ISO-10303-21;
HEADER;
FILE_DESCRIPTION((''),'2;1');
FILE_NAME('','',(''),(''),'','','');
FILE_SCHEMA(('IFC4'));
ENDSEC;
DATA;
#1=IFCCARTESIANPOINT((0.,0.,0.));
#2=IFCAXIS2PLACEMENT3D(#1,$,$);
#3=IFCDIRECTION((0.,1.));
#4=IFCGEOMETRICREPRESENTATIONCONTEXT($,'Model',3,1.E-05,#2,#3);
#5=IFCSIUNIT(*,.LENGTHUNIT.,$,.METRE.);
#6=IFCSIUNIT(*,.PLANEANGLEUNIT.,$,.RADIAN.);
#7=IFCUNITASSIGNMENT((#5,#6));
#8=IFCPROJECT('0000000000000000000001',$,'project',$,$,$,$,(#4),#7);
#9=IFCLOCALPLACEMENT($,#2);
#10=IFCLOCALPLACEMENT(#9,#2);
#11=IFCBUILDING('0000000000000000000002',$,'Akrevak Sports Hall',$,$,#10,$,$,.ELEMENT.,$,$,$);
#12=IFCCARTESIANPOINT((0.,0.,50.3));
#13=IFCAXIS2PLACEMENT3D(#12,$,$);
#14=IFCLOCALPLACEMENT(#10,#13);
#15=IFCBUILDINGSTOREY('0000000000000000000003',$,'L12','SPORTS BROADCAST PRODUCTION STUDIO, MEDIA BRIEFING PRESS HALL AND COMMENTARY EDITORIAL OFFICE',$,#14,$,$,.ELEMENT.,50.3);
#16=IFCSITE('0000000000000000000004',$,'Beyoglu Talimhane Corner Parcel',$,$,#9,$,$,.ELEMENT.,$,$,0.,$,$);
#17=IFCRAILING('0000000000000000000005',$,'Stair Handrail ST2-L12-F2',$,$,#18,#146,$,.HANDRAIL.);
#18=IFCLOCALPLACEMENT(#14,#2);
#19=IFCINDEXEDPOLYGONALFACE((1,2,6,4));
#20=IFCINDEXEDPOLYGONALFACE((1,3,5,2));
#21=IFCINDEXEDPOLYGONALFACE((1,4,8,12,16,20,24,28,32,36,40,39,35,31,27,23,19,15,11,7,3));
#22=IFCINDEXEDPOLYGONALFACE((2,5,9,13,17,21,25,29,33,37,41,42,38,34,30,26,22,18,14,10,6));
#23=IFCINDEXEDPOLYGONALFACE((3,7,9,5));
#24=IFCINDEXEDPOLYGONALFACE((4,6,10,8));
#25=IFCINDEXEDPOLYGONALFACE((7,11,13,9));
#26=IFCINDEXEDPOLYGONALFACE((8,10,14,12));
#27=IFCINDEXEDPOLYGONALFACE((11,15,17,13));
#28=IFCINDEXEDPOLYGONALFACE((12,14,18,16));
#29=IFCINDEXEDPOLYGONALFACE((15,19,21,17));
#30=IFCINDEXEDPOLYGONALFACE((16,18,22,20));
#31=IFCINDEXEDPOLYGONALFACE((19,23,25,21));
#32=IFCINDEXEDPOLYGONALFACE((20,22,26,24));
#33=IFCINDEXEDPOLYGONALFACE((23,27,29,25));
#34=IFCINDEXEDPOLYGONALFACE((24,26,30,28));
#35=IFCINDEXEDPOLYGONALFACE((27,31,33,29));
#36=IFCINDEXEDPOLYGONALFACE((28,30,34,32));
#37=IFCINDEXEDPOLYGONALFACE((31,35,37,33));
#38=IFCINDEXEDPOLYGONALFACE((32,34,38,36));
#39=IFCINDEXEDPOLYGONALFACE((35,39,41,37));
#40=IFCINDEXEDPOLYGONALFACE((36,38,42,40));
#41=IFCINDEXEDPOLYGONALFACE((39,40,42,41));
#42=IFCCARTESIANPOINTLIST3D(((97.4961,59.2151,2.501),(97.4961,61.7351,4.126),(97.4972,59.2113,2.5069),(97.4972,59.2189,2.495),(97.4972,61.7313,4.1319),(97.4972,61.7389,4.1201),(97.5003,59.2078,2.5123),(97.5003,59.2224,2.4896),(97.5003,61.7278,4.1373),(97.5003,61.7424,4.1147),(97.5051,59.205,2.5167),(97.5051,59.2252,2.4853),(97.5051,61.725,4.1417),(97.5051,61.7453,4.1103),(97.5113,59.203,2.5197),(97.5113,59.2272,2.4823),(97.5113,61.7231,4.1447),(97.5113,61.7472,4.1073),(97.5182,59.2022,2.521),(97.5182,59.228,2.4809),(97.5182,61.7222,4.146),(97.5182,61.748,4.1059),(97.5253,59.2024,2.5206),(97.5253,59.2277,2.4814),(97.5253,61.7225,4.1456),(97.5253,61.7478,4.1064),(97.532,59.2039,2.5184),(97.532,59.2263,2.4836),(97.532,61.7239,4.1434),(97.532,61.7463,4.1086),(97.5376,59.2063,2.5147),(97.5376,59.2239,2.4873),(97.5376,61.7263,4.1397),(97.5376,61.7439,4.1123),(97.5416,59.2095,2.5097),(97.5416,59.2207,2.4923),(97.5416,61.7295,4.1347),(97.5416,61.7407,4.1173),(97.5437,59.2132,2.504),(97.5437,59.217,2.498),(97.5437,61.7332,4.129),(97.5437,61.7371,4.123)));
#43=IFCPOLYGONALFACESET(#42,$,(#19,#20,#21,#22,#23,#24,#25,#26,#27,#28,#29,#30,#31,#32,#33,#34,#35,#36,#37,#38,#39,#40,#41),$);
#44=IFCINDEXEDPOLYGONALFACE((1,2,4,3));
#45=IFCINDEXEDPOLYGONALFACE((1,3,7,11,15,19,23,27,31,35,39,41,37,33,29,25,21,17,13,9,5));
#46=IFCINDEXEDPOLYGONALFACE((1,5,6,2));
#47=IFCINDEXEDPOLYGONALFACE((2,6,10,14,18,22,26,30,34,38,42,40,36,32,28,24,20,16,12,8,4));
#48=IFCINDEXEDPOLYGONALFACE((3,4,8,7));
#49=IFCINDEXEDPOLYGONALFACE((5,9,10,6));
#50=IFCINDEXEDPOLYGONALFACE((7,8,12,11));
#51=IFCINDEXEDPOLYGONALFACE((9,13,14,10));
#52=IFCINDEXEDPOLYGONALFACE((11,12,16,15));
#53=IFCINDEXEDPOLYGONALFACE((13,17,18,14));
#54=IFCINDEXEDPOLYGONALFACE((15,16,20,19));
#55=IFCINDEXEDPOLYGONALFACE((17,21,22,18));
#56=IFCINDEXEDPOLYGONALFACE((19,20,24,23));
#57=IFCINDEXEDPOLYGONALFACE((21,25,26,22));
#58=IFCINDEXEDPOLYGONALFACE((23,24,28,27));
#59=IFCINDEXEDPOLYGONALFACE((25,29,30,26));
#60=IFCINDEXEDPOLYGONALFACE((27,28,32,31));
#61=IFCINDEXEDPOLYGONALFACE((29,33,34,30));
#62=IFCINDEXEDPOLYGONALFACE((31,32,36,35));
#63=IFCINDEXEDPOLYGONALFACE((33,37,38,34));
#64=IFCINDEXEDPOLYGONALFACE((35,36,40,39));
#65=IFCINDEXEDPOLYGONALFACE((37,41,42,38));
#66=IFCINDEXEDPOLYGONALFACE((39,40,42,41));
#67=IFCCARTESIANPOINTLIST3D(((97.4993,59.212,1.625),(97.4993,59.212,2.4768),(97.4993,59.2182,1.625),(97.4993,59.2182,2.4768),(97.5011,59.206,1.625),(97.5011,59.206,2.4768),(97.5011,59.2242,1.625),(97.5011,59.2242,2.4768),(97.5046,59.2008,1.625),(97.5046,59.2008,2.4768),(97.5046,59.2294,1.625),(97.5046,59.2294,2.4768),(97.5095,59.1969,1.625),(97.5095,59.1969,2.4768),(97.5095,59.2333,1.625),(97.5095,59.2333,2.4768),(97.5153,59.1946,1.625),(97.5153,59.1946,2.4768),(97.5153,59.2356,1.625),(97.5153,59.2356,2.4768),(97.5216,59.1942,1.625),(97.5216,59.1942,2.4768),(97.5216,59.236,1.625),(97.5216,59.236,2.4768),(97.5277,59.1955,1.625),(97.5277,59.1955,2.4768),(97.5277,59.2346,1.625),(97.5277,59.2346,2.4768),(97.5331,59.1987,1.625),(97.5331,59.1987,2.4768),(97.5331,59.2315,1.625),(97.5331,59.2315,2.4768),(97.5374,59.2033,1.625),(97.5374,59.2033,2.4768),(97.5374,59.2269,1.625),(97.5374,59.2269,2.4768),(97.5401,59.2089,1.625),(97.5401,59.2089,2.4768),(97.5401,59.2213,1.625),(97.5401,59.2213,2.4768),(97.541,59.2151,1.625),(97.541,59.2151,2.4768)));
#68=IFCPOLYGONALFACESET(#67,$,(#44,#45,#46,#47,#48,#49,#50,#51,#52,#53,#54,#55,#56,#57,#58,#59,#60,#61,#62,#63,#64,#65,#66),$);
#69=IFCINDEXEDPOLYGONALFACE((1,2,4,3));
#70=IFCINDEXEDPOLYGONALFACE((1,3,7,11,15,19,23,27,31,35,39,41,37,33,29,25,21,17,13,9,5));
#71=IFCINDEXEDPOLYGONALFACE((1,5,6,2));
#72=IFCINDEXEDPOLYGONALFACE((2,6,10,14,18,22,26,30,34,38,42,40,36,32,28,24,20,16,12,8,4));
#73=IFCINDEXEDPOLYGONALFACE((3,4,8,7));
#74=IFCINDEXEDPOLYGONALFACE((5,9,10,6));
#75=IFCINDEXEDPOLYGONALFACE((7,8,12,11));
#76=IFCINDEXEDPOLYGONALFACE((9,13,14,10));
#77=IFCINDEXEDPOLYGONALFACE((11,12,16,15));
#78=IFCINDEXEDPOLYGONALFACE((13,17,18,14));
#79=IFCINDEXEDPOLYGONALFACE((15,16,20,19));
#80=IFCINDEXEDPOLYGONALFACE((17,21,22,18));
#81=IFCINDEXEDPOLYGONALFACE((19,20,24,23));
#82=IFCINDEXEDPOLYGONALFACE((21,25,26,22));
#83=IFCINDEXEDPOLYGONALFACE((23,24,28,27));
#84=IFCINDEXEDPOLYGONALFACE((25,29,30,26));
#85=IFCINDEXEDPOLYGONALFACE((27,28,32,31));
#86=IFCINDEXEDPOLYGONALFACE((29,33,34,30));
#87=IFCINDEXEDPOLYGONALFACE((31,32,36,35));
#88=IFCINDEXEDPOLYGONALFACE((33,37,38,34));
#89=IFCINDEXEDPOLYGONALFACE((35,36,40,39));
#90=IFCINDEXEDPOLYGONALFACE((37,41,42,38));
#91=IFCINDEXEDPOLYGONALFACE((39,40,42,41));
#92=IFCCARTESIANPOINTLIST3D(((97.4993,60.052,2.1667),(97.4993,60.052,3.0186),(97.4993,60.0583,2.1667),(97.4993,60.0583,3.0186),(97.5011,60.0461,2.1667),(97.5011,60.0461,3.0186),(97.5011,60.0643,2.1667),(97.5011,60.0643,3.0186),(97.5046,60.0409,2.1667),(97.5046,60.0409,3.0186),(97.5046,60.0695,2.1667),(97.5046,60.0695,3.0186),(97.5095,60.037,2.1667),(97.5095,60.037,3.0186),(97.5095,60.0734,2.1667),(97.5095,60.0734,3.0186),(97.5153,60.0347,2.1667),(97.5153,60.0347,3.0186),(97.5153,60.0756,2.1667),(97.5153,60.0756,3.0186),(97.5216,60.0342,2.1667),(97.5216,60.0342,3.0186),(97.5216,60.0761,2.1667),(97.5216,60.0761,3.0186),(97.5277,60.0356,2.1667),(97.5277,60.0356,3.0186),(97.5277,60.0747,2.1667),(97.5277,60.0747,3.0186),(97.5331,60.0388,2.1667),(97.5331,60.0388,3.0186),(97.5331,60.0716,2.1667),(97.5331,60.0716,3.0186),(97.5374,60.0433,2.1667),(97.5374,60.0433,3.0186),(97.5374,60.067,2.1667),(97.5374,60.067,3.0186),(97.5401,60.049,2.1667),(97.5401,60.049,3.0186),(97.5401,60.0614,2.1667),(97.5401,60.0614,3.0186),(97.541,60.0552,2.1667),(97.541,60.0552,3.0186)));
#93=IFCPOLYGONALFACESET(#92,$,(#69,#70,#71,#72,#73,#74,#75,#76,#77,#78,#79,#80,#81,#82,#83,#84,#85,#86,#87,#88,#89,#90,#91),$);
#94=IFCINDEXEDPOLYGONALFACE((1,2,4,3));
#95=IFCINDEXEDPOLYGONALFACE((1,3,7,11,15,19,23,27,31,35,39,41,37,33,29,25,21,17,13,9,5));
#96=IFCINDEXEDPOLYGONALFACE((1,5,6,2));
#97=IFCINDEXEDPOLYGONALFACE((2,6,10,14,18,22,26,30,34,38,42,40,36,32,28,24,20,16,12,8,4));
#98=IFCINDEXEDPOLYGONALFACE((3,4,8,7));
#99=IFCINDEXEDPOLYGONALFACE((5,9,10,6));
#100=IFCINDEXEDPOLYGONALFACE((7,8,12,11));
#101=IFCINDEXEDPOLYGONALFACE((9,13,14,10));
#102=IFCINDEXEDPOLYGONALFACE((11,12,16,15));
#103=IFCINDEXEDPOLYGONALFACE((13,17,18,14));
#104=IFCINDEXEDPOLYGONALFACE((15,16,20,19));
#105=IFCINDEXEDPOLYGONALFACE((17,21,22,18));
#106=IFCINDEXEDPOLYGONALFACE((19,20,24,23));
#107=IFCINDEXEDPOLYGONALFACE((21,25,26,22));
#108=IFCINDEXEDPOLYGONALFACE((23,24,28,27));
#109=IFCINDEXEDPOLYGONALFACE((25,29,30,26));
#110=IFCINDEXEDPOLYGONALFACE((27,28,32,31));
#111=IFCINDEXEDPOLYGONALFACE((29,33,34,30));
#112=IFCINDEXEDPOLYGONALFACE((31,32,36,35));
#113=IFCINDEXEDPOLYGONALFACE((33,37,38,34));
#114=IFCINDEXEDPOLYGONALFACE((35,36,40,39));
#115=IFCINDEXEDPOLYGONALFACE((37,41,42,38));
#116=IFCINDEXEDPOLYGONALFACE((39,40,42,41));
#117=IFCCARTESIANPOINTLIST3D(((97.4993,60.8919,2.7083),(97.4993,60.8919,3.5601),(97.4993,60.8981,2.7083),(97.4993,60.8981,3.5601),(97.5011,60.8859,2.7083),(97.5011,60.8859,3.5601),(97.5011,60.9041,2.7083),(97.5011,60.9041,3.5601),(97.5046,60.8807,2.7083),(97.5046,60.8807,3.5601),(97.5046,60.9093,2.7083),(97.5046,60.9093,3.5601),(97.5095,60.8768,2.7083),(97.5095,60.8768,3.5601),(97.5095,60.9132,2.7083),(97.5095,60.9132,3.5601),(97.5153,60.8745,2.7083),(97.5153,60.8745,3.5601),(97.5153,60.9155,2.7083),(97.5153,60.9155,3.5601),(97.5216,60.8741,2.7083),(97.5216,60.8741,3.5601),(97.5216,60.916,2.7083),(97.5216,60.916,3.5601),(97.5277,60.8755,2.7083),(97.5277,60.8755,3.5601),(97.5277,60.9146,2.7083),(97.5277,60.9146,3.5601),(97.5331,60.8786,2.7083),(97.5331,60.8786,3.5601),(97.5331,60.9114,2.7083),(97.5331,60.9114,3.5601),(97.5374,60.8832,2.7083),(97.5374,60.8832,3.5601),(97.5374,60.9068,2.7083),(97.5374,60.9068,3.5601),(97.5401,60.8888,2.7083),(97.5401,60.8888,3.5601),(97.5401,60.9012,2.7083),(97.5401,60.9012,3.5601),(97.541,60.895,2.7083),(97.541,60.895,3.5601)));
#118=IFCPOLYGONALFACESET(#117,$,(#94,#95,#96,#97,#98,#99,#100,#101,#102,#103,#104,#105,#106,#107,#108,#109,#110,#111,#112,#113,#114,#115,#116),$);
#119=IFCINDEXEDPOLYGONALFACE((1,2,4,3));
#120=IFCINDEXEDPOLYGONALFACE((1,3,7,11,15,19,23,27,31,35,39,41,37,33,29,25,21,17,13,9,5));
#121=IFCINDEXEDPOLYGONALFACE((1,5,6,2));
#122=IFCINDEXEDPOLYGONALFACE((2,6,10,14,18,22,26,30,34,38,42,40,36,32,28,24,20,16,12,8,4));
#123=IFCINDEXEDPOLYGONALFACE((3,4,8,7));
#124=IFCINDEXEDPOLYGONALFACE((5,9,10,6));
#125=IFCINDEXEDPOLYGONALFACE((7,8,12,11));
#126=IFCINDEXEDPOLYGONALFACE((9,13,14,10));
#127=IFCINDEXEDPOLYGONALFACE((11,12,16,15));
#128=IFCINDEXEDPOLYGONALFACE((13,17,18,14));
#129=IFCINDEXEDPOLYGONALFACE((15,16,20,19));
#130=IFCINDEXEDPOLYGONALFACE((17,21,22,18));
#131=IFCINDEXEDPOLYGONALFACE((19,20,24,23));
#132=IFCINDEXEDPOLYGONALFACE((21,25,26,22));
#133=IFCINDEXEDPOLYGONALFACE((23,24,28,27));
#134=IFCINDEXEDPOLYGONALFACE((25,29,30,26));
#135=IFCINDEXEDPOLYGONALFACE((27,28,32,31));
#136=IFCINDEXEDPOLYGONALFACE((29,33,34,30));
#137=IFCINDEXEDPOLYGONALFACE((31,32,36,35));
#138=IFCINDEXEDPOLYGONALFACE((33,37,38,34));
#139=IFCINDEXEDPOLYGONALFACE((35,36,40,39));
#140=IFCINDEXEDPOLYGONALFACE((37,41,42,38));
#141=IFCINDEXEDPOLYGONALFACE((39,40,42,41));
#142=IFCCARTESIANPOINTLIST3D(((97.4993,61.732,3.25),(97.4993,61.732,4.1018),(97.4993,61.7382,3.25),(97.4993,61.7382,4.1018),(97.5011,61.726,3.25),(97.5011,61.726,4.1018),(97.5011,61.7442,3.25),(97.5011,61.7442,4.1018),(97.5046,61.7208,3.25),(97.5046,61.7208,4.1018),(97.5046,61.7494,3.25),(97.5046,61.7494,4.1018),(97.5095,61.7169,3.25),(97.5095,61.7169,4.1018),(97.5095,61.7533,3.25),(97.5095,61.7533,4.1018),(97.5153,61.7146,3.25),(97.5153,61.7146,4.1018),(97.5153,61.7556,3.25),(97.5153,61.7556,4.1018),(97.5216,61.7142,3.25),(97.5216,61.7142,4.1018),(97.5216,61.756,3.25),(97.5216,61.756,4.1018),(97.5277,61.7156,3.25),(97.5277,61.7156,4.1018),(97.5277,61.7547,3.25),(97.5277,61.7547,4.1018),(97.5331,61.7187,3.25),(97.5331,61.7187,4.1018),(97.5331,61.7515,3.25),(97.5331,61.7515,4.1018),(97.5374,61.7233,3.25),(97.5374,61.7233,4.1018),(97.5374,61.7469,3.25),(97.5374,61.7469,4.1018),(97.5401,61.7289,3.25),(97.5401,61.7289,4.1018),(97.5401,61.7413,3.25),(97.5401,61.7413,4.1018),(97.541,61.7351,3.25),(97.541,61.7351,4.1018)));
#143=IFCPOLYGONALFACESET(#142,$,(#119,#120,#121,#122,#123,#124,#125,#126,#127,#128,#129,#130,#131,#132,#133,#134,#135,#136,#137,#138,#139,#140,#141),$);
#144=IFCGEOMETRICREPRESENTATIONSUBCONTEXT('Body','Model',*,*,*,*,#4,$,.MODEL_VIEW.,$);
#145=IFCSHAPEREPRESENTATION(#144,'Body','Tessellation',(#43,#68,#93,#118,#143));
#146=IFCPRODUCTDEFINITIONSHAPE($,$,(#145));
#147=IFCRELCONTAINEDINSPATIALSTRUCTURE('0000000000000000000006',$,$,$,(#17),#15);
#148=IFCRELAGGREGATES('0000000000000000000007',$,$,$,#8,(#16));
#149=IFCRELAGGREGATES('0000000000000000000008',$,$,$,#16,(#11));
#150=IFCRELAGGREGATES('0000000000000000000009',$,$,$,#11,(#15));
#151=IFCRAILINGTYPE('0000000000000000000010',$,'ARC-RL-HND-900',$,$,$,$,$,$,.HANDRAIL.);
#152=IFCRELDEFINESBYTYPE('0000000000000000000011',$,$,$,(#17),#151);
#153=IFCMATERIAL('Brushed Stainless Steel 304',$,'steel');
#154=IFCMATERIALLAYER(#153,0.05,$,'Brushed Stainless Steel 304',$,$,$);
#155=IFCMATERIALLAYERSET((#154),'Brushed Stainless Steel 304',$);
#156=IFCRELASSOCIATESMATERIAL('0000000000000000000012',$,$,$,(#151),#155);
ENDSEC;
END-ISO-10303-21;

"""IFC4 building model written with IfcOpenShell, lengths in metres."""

from ifc_helpers import new_model, si_unit, direction, frame, origin, origin_2d, place, context, subcontext, project, spatial, circle, extrude, material, layer, layer_set, type_object, element, save


model = new_model("IFC4")

# Units and contexts
model_context = context("Model", 3, precision=1e-05, world=origin(), true_north=direction((0.0, 1.0)))
body_context = subcontext(model_context, "Body", "Model", "MODEL_VIEW")
ifc_project = project(units=[si_unit("LENGTHUNIT", "METRE"), si_unit("PLANEANGLEUNIT", "RADIAN")], contexts=[model_context])

# Site, building, storey
site_placement = place(None, origin())
site = spatial("IfcSite", under=ifc_project, at=site_placement, Name="Beyoglu Talimhane Corner Parcel", CompositionType="ELEMENT", RefElevation=0.0)
building_placement = place(site_placement, origin())
building = spatial("IfcBuilding", under=site, at=building_placement, Name="Akrevak Sports Hall", CompositionType="ELEMENT")
storey_placement = place(building_placement, frame((0.0, 0.0, 50.3)))
storey = spatial("IfcBuildingStorey", under=building, at=storey_placement, Name="L12", Description="SPORTS BROADCAST PRODUCTION STUDIO, MEDIA BRIEFING PRESS HALL AND COMMENTARY EDITORIAL OFFICE", CompositionType="ELEMENT", Elevation=50.3)

# Railing
ifc_material_1 = material(Name="Brushed Stainless Steel 304", Category="steel")
ifc_layer_1 = layer(ifc_material_1, 0.05, Name="Brushed Stainless Steel 304")
ifc_layer_set_1 = layer_set([ifc_layer_1], Name="Brushed Stainless Steel 304")
railing_type = type_object("IfcRailingType", Name="ARC-RL-HND-900", PredefinedType="HANDRAIL", material=ifc_layer_set_1)
railing_placement = place(storey_placement, frame((97.52, 59.2151, 1.625)))
element("IfcRailing", 1, at=railing_placement, inside=storey, type_object=railing_type, Name="Stair Handrail ST2-L12-F2", PredefinedType="HANDRAIL", context=body_context, shape_type="SweptSolid", body=[
    extrude(circle(Radius=0.0239, at=origin_2d()), frame((0.0, 0.0, 0.876), z_axis=(0.0, 0.840421, 0.541934), x_axis=(-1.0, 0.0, 0.0)), (0.0, 0.0, 1.0), 2.9985),
    extrude(circle(Radius=0.021, at=origin_2d()), origin(), (0.0, 0.0, 1.0), 0.8518),
    extrude(circle(Radius=0.021, at=origin_2d()), frame((0.0, 0.8401, 0.5417)), (0.0, 0.0, 1.0), 0.8518),
    extrude(circle(Radius=0.021, at=origin_2d()), frame((0.0, 1.6799, 1.0833)), (0.0, 0.0, 1.0), 0.8518),
    extrude(circle(Radius=0.021, at=origin_2d()), frame((0.0, 2.52, 1.625)), (0.0, 0.0, 1.0), 0.8518),
])

save(model, "model.ifc")
